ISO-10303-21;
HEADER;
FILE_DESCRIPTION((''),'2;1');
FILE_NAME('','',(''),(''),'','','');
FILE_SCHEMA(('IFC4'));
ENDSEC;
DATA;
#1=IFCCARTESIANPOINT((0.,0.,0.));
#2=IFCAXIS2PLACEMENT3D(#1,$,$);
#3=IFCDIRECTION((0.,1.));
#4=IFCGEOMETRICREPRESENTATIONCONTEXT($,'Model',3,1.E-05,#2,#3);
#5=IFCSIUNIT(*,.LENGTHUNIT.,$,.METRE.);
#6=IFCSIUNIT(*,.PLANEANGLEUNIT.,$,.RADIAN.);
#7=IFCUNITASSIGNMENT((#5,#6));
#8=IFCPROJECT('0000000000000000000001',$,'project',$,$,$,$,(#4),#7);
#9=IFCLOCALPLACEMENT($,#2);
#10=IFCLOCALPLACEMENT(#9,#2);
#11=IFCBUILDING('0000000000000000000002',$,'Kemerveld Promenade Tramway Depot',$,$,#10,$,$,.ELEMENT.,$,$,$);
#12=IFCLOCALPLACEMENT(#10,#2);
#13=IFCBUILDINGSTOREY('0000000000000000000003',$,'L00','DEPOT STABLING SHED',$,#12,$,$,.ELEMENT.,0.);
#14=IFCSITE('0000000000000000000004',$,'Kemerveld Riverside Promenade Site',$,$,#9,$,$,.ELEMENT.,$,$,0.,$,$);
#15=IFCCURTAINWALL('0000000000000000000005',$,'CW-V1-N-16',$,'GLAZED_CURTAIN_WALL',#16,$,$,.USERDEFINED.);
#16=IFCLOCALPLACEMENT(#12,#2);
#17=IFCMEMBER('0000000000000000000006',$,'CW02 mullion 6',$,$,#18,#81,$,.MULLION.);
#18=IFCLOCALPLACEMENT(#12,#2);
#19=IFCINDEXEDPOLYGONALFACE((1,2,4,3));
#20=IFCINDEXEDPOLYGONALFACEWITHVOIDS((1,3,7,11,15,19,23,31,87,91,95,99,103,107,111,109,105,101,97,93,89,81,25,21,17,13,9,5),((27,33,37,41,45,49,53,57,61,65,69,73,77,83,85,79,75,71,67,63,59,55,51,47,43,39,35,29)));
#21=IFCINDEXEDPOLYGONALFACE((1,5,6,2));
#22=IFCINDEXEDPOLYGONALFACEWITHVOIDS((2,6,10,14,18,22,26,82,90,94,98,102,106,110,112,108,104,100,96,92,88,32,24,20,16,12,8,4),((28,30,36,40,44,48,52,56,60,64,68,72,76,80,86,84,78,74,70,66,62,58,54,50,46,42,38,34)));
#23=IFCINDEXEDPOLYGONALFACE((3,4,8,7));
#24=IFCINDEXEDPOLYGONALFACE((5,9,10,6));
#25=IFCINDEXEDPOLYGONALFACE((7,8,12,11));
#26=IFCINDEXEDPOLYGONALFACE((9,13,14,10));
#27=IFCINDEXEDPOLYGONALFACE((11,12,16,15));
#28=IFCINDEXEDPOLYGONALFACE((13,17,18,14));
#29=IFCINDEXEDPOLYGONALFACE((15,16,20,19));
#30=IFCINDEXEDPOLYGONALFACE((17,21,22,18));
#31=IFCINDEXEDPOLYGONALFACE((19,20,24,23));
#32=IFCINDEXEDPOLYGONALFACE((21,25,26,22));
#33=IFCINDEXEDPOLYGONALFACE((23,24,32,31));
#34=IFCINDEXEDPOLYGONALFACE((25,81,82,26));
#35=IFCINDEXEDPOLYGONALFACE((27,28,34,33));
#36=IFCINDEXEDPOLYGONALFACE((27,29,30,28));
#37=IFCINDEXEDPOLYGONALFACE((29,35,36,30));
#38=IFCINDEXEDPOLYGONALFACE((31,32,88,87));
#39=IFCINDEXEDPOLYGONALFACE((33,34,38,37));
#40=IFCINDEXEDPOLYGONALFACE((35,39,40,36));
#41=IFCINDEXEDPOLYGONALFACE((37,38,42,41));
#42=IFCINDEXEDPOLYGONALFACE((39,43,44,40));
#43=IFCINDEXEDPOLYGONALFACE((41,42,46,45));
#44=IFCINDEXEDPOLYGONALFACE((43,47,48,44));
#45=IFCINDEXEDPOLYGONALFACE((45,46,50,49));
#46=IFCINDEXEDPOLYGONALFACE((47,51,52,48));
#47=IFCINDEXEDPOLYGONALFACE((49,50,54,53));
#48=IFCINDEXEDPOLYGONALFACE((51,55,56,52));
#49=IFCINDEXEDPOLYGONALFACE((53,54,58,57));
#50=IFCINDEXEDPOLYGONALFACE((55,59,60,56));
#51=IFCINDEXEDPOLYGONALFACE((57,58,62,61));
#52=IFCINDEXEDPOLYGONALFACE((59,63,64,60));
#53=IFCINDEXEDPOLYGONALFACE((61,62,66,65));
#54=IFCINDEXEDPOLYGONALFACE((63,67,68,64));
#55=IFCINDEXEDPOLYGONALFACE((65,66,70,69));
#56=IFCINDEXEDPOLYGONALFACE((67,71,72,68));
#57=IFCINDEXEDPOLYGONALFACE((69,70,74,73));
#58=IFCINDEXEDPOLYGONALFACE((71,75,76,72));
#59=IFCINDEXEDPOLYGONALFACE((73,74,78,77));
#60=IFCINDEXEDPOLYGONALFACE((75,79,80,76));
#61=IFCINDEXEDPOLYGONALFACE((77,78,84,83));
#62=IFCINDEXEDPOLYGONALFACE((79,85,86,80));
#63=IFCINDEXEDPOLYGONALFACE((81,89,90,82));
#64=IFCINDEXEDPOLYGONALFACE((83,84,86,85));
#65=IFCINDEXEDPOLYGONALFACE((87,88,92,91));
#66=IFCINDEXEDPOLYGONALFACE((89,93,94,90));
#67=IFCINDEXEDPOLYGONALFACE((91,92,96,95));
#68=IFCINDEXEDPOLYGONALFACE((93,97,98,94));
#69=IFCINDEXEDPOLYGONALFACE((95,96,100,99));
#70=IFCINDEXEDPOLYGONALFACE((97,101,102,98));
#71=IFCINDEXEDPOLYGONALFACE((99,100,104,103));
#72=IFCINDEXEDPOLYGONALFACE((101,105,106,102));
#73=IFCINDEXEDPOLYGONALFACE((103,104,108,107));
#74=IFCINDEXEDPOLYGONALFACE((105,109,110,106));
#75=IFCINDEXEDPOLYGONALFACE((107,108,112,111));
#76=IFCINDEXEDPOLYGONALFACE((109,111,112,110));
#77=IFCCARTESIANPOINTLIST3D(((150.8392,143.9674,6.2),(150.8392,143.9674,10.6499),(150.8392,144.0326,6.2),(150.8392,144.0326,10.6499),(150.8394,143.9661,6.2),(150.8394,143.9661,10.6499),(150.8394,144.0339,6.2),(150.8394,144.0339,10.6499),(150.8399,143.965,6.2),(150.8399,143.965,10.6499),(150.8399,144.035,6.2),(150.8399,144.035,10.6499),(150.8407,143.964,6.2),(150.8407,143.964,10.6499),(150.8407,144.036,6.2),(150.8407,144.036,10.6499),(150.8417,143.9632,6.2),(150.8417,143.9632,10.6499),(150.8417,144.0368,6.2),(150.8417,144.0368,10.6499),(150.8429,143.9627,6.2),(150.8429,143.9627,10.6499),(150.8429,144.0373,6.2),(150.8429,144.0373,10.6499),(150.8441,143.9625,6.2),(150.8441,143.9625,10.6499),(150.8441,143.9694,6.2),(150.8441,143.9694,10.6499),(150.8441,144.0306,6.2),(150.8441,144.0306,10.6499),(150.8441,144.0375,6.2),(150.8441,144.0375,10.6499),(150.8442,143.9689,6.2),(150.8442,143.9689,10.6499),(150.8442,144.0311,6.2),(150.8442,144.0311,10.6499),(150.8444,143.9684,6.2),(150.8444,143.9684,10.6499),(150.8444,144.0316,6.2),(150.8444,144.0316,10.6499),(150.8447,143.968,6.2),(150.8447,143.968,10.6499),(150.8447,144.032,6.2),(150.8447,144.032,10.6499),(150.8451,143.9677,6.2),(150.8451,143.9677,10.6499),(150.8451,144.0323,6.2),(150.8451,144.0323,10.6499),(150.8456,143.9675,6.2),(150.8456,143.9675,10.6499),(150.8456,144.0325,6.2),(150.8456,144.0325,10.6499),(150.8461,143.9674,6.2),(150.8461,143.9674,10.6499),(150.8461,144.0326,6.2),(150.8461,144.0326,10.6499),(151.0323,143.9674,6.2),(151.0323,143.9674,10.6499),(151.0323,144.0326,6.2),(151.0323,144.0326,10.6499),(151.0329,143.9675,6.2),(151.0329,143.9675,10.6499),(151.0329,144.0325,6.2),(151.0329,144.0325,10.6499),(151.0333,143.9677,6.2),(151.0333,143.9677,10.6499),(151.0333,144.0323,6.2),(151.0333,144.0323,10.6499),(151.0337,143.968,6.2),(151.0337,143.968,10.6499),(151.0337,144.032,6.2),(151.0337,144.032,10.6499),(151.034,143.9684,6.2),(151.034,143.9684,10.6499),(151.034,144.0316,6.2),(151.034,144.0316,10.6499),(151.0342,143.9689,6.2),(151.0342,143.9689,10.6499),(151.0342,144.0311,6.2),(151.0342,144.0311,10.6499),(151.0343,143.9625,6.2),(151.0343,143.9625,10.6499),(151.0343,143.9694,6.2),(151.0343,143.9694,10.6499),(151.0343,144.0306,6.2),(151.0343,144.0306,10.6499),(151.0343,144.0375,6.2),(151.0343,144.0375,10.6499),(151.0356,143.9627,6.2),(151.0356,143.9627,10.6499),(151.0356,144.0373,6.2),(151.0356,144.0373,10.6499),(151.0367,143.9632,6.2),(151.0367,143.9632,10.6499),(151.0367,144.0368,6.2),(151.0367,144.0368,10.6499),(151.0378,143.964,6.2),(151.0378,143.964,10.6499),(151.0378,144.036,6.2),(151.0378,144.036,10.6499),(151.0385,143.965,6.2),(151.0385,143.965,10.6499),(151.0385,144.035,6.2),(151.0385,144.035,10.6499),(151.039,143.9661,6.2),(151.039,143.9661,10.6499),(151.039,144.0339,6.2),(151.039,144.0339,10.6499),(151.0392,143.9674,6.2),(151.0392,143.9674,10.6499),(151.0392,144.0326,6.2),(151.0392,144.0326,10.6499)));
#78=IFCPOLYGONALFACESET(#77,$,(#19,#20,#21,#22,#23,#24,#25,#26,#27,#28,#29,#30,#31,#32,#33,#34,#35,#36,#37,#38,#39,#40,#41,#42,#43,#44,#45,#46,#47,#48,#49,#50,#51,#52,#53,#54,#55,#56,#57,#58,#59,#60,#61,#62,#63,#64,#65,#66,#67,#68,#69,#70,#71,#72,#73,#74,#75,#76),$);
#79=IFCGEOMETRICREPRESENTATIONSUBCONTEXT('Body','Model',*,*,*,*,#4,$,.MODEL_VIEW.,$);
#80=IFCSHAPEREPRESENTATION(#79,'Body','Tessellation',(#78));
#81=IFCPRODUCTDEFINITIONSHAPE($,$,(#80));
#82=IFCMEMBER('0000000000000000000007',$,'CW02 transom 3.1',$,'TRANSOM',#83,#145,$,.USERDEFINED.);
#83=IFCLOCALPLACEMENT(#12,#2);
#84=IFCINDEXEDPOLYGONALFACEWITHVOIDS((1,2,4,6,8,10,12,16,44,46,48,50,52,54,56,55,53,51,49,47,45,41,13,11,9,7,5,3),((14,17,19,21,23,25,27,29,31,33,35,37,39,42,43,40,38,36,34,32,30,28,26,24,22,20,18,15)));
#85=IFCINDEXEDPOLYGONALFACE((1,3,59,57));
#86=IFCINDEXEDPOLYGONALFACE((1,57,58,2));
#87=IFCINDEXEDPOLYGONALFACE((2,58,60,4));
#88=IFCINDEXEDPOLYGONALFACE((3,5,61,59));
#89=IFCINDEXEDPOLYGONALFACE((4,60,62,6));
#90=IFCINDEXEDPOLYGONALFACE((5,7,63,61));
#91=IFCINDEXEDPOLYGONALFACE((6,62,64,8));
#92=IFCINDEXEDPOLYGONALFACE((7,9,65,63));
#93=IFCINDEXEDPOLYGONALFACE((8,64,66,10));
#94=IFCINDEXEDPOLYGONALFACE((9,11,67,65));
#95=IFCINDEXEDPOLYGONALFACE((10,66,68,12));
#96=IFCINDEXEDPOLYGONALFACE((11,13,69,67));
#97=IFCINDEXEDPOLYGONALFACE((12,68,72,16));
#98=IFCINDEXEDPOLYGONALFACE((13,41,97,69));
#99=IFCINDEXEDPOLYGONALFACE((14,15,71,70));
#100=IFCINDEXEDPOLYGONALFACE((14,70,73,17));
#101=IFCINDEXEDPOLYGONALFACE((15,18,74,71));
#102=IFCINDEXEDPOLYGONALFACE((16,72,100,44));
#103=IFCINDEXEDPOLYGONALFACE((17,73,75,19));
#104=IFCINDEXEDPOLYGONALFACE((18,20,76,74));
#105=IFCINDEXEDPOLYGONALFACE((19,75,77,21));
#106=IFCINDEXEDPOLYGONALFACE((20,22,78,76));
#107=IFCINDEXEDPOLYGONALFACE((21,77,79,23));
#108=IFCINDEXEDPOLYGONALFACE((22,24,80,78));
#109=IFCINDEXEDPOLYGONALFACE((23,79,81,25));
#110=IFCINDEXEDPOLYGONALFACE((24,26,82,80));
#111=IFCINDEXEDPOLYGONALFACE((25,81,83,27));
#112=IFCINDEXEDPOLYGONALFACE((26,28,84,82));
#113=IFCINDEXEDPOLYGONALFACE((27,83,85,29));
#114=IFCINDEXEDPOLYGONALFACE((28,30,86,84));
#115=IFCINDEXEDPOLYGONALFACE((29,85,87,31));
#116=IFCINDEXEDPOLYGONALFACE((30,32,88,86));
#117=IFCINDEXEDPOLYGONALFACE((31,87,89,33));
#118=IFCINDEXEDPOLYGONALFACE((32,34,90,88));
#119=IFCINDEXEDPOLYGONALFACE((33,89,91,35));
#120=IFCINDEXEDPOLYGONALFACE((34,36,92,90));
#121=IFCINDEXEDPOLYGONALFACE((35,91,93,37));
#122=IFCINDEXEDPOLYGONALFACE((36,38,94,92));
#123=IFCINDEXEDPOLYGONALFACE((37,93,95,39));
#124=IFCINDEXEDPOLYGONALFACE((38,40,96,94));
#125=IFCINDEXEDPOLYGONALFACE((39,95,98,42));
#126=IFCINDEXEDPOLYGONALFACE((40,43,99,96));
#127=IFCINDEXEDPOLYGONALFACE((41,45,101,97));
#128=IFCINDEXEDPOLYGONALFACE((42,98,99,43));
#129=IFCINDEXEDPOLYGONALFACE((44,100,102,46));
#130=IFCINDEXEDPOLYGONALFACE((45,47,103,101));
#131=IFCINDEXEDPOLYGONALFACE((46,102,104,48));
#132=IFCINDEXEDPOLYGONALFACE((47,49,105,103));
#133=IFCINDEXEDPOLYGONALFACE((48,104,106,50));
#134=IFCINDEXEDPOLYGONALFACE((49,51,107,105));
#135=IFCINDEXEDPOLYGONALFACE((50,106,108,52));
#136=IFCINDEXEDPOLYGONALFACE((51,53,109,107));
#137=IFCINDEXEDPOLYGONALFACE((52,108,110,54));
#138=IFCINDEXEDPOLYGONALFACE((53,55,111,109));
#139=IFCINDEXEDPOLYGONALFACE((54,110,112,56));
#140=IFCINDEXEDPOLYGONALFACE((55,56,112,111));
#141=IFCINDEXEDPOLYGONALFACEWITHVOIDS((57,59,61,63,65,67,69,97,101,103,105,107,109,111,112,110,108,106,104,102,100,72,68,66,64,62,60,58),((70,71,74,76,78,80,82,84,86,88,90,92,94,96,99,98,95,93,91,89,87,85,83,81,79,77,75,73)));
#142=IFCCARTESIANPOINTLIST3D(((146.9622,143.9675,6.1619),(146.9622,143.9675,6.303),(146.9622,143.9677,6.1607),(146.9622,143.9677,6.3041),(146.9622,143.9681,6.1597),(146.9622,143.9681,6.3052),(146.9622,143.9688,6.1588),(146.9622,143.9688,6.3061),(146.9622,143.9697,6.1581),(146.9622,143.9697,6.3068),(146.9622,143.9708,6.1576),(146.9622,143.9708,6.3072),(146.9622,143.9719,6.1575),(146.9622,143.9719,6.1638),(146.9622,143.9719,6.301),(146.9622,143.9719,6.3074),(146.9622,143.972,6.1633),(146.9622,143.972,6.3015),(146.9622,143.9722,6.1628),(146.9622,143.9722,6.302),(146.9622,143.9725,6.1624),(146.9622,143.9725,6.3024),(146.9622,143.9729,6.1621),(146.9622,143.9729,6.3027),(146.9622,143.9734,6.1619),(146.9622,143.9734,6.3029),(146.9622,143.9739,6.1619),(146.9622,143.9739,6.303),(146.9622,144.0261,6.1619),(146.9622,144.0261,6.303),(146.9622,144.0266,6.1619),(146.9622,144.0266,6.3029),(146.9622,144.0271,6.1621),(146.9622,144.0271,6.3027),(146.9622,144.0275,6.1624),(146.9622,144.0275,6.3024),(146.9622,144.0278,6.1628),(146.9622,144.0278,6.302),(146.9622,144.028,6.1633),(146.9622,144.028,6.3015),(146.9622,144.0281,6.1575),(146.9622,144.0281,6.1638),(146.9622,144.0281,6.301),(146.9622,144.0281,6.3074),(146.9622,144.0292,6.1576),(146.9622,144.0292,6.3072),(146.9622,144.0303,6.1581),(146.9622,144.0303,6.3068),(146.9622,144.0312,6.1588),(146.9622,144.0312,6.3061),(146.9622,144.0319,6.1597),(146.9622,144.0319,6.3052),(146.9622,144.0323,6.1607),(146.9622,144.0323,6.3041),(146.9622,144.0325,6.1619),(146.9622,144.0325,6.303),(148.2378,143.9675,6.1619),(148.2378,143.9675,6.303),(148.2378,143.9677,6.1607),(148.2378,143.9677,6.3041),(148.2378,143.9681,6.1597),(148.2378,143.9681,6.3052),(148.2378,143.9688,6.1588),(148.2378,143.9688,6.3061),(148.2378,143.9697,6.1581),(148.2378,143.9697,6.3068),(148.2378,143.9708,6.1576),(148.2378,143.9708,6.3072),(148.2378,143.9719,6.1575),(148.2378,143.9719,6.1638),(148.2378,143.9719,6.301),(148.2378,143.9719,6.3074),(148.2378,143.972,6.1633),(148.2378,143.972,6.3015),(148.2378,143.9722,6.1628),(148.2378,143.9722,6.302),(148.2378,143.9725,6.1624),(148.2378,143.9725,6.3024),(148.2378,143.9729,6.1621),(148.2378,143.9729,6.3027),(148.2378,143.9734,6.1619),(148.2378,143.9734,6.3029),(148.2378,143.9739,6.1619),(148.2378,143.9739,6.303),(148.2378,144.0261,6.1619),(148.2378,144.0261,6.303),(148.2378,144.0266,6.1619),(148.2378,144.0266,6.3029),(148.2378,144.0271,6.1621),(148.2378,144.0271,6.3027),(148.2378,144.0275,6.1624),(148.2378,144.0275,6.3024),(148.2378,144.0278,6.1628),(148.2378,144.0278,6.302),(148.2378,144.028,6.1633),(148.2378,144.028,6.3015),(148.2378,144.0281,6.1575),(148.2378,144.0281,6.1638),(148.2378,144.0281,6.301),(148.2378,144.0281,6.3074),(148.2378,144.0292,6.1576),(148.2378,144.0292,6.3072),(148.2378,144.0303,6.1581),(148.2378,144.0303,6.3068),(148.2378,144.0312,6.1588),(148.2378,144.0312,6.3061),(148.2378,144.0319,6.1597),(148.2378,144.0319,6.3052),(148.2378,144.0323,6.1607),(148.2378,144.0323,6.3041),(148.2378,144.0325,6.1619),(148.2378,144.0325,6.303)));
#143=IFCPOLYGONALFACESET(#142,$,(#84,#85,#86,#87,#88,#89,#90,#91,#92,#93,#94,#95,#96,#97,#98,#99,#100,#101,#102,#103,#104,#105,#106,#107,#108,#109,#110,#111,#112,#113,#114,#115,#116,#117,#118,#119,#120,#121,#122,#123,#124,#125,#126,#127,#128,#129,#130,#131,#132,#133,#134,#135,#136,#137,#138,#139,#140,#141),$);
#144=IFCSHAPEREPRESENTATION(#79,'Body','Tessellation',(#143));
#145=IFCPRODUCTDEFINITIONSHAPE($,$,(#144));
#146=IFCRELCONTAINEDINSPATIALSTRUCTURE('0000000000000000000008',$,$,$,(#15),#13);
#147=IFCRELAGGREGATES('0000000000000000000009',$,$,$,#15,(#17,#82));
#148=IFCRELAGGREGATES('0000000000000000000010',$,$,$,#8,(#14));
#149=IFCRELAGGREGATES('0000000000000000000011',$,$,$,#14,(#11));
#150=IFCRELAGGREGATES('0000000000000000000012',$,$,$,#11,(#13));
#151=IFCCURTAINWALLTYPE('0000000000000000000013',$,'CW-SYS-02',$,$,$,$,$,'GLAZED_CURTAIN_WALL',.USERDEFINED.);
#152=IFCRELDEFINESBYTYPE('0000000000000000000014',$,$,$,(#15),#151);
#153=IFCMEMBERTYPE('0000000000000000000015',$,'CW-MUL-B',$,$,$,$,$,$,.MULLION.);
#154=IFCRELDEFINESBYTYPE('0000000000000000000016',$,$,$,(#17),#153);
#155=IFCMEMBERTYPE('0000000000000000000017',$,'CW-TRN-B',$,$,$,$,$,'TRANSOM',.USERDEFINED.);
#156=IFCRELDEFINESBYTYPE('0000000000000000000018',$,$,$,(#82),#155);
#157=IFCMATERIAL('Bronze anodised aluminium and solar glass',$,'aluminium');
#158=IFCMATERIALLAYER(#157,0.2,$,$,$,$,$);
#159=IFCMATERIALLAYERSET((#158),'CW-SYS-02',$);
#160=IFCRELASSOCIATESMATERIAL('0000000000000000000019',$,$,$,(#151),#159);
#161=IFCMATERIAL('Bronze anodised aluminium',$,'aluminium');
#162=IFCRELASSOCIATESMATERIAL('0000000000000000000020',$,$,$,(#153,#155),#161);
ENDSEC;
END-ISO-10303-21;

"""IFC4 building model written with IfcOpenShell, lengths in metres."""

from ifc_helpers import new_model, si_unit, direction, frame, origin, origin_2d, place, context, subcontext, project, spatial, hollow_rectangle, extrude, material, layer, layer_set, material_profile, profile_set, type_object, element, aggregate, save


model = new_model("IFC4")

# Units and contexts
model_context = context("Model", 3, precision=1e-05, world=origin(), true_north=direction((0.0, 1.0)))
body_context = subcontext(model_context, "Body", "Model", "MODEL_VIEW")
ifc_project = project(units=[si_unit("LENGTHUNIT", "METRE"), si_unit("PLANEANGLEUNIT", "RADIAN")], contexts=[model_context])

# Site, building, storey
site_placement = place(None, origin())
site = spatial("IfcSite", under=ifc_project, at=site_placement, Name="Kemerveld Riverside Promenade Site", CompositionType="ELEMENT", RefElevation=0.0)
building_placement = place(site_placement, origin())
building = spatial("IfcBuilding", under=site, at=building_placement, Name="Kemerveld Promenade Tramway Depot", CompositionType="ELEMENT")
storey_placement = place(building_placement, origin())
storey = spatial("IfcBuildingStorey", under=building, at=storey_placement, Name="L00", Description="DEPOT STABLING SHED", CompositionType="ELEMENT", Elevation=0.0)

# Curtain wall, members
ifc_material_1 = material(Name="Bronze anodised aluminium and solar glass", Category="aluminium")
ifc_layer_1 = layer(ifc_material_1, 0.2)
ifc_layer_set_1 = layer_set([ifc_layer_1], Name="CW-SYS-02")
curtain_wall_type = type_object("IfcCurtainWallType", Name="CW-SYS-02", ElementType="GLAZED_CURTAIN_WALL", PredefinedType="USERDEFINED", material=ifc_layer_set_1)
curtain_wall_placement = place(storey_placement, origin())
curtain_wall = element("IfcCurtainWall", 1, at=curtain_wall_placement, inside=storey, type_object=curtain_wall_type, Name="CW-V1-N-16", ObjectType="GLAZED_CURTAIN_WALL", PredefinedType="USERDEFINED")
ifc_material_2 = material(Name="Bronze anodised aluminium", Category="aluminium")
ifc_material_profile_1 = material_profile(ifc_material_2, hollow_rectangle(XDim=0.075, YDim=0.2, WallThickness=0.0049, InnerFilletRadius=0.002, OuterFilletRadius=0.0049, at=origin_2d()), Name="CW-MUL-200x75")
ifc_profile_set_1 = profile_set([ifc_material_profile_1], Name="Bronze anodised aluminium")
member_type_1 = type_object("IfcMemberType", Name="CW-MUL-B", PredefinedType="MULLION", material=ifc_profile_set_1)
member_1_placement = place(storey_placement, frame((150.9392, 144.0, 6.2), z_axis=(0.0, 0.0, 1.0), x_axis=(0.0, 1.0, 0.0)))
member_1 = element("IfcMember", 2, at=member_1_placement, type_object=member_type_1, Name="CW02 mullion 6", PredefinedType="MULLION", context=body_context, shape_type="SweptSolid", body=[
    extrude(hollow_rectangle(XDim=0.075, YDim=0.2, WallThickness=0.0049, InnerFilletRadius=0.002, OuterFilletRadius=0.0049, at=origin_2d()), origin(), (0.0, 0.0, 1.0), 4.45),
])
ifc_material_profile_2 = material_profile(ifc_material_2, hollow_rectangle(XDim=0.0649, YDim=0.1499, WallThickness=0.0044, InnerFilletRadius=0.002, OuterFilletRadius=0.0044, at=origin_2d()), Name="CW-TRN-150x65")
ifc_profile_set_2 = profile_set([ifc_material_profile_2], Name="Bronze anodised aluminium")
member_type_2 = type_object("IfcMemberType", Name="CW-TRN-B", ElementType="TRANSOM", PredefinedType="USERDEFINED", material=ifc_profile_set_2)
member_2_placement = place(storey_placement, frame((146.9622, 144.0, 6.2324), z_axis=(1.0, 0.0, 0.0), x_axis=(0.0, 1.0, 0.0)))
member_2 = element("IfcMember", 3, at=member_2_placement, type_object=member_type_2, Name="CW02 transom 3.1", ObjectType="TRANSOM", PredefinedType="USERDEFINED", context=body_context, shape_type="SweptSolid", body=[
    extrude(hollow_rectangle(XDim=0.0649, YDim=0.1499, WallThickness=0.0044, InnerFilletRadius=0.002, OuterFilletRadius=0.0044, at=origin_2d()), origin(), (0.0, 0.0, 1.0), 1.2756),
])

aggregate(curtain_wall, [member_1, member_2])

save(model, "model.ifc")
